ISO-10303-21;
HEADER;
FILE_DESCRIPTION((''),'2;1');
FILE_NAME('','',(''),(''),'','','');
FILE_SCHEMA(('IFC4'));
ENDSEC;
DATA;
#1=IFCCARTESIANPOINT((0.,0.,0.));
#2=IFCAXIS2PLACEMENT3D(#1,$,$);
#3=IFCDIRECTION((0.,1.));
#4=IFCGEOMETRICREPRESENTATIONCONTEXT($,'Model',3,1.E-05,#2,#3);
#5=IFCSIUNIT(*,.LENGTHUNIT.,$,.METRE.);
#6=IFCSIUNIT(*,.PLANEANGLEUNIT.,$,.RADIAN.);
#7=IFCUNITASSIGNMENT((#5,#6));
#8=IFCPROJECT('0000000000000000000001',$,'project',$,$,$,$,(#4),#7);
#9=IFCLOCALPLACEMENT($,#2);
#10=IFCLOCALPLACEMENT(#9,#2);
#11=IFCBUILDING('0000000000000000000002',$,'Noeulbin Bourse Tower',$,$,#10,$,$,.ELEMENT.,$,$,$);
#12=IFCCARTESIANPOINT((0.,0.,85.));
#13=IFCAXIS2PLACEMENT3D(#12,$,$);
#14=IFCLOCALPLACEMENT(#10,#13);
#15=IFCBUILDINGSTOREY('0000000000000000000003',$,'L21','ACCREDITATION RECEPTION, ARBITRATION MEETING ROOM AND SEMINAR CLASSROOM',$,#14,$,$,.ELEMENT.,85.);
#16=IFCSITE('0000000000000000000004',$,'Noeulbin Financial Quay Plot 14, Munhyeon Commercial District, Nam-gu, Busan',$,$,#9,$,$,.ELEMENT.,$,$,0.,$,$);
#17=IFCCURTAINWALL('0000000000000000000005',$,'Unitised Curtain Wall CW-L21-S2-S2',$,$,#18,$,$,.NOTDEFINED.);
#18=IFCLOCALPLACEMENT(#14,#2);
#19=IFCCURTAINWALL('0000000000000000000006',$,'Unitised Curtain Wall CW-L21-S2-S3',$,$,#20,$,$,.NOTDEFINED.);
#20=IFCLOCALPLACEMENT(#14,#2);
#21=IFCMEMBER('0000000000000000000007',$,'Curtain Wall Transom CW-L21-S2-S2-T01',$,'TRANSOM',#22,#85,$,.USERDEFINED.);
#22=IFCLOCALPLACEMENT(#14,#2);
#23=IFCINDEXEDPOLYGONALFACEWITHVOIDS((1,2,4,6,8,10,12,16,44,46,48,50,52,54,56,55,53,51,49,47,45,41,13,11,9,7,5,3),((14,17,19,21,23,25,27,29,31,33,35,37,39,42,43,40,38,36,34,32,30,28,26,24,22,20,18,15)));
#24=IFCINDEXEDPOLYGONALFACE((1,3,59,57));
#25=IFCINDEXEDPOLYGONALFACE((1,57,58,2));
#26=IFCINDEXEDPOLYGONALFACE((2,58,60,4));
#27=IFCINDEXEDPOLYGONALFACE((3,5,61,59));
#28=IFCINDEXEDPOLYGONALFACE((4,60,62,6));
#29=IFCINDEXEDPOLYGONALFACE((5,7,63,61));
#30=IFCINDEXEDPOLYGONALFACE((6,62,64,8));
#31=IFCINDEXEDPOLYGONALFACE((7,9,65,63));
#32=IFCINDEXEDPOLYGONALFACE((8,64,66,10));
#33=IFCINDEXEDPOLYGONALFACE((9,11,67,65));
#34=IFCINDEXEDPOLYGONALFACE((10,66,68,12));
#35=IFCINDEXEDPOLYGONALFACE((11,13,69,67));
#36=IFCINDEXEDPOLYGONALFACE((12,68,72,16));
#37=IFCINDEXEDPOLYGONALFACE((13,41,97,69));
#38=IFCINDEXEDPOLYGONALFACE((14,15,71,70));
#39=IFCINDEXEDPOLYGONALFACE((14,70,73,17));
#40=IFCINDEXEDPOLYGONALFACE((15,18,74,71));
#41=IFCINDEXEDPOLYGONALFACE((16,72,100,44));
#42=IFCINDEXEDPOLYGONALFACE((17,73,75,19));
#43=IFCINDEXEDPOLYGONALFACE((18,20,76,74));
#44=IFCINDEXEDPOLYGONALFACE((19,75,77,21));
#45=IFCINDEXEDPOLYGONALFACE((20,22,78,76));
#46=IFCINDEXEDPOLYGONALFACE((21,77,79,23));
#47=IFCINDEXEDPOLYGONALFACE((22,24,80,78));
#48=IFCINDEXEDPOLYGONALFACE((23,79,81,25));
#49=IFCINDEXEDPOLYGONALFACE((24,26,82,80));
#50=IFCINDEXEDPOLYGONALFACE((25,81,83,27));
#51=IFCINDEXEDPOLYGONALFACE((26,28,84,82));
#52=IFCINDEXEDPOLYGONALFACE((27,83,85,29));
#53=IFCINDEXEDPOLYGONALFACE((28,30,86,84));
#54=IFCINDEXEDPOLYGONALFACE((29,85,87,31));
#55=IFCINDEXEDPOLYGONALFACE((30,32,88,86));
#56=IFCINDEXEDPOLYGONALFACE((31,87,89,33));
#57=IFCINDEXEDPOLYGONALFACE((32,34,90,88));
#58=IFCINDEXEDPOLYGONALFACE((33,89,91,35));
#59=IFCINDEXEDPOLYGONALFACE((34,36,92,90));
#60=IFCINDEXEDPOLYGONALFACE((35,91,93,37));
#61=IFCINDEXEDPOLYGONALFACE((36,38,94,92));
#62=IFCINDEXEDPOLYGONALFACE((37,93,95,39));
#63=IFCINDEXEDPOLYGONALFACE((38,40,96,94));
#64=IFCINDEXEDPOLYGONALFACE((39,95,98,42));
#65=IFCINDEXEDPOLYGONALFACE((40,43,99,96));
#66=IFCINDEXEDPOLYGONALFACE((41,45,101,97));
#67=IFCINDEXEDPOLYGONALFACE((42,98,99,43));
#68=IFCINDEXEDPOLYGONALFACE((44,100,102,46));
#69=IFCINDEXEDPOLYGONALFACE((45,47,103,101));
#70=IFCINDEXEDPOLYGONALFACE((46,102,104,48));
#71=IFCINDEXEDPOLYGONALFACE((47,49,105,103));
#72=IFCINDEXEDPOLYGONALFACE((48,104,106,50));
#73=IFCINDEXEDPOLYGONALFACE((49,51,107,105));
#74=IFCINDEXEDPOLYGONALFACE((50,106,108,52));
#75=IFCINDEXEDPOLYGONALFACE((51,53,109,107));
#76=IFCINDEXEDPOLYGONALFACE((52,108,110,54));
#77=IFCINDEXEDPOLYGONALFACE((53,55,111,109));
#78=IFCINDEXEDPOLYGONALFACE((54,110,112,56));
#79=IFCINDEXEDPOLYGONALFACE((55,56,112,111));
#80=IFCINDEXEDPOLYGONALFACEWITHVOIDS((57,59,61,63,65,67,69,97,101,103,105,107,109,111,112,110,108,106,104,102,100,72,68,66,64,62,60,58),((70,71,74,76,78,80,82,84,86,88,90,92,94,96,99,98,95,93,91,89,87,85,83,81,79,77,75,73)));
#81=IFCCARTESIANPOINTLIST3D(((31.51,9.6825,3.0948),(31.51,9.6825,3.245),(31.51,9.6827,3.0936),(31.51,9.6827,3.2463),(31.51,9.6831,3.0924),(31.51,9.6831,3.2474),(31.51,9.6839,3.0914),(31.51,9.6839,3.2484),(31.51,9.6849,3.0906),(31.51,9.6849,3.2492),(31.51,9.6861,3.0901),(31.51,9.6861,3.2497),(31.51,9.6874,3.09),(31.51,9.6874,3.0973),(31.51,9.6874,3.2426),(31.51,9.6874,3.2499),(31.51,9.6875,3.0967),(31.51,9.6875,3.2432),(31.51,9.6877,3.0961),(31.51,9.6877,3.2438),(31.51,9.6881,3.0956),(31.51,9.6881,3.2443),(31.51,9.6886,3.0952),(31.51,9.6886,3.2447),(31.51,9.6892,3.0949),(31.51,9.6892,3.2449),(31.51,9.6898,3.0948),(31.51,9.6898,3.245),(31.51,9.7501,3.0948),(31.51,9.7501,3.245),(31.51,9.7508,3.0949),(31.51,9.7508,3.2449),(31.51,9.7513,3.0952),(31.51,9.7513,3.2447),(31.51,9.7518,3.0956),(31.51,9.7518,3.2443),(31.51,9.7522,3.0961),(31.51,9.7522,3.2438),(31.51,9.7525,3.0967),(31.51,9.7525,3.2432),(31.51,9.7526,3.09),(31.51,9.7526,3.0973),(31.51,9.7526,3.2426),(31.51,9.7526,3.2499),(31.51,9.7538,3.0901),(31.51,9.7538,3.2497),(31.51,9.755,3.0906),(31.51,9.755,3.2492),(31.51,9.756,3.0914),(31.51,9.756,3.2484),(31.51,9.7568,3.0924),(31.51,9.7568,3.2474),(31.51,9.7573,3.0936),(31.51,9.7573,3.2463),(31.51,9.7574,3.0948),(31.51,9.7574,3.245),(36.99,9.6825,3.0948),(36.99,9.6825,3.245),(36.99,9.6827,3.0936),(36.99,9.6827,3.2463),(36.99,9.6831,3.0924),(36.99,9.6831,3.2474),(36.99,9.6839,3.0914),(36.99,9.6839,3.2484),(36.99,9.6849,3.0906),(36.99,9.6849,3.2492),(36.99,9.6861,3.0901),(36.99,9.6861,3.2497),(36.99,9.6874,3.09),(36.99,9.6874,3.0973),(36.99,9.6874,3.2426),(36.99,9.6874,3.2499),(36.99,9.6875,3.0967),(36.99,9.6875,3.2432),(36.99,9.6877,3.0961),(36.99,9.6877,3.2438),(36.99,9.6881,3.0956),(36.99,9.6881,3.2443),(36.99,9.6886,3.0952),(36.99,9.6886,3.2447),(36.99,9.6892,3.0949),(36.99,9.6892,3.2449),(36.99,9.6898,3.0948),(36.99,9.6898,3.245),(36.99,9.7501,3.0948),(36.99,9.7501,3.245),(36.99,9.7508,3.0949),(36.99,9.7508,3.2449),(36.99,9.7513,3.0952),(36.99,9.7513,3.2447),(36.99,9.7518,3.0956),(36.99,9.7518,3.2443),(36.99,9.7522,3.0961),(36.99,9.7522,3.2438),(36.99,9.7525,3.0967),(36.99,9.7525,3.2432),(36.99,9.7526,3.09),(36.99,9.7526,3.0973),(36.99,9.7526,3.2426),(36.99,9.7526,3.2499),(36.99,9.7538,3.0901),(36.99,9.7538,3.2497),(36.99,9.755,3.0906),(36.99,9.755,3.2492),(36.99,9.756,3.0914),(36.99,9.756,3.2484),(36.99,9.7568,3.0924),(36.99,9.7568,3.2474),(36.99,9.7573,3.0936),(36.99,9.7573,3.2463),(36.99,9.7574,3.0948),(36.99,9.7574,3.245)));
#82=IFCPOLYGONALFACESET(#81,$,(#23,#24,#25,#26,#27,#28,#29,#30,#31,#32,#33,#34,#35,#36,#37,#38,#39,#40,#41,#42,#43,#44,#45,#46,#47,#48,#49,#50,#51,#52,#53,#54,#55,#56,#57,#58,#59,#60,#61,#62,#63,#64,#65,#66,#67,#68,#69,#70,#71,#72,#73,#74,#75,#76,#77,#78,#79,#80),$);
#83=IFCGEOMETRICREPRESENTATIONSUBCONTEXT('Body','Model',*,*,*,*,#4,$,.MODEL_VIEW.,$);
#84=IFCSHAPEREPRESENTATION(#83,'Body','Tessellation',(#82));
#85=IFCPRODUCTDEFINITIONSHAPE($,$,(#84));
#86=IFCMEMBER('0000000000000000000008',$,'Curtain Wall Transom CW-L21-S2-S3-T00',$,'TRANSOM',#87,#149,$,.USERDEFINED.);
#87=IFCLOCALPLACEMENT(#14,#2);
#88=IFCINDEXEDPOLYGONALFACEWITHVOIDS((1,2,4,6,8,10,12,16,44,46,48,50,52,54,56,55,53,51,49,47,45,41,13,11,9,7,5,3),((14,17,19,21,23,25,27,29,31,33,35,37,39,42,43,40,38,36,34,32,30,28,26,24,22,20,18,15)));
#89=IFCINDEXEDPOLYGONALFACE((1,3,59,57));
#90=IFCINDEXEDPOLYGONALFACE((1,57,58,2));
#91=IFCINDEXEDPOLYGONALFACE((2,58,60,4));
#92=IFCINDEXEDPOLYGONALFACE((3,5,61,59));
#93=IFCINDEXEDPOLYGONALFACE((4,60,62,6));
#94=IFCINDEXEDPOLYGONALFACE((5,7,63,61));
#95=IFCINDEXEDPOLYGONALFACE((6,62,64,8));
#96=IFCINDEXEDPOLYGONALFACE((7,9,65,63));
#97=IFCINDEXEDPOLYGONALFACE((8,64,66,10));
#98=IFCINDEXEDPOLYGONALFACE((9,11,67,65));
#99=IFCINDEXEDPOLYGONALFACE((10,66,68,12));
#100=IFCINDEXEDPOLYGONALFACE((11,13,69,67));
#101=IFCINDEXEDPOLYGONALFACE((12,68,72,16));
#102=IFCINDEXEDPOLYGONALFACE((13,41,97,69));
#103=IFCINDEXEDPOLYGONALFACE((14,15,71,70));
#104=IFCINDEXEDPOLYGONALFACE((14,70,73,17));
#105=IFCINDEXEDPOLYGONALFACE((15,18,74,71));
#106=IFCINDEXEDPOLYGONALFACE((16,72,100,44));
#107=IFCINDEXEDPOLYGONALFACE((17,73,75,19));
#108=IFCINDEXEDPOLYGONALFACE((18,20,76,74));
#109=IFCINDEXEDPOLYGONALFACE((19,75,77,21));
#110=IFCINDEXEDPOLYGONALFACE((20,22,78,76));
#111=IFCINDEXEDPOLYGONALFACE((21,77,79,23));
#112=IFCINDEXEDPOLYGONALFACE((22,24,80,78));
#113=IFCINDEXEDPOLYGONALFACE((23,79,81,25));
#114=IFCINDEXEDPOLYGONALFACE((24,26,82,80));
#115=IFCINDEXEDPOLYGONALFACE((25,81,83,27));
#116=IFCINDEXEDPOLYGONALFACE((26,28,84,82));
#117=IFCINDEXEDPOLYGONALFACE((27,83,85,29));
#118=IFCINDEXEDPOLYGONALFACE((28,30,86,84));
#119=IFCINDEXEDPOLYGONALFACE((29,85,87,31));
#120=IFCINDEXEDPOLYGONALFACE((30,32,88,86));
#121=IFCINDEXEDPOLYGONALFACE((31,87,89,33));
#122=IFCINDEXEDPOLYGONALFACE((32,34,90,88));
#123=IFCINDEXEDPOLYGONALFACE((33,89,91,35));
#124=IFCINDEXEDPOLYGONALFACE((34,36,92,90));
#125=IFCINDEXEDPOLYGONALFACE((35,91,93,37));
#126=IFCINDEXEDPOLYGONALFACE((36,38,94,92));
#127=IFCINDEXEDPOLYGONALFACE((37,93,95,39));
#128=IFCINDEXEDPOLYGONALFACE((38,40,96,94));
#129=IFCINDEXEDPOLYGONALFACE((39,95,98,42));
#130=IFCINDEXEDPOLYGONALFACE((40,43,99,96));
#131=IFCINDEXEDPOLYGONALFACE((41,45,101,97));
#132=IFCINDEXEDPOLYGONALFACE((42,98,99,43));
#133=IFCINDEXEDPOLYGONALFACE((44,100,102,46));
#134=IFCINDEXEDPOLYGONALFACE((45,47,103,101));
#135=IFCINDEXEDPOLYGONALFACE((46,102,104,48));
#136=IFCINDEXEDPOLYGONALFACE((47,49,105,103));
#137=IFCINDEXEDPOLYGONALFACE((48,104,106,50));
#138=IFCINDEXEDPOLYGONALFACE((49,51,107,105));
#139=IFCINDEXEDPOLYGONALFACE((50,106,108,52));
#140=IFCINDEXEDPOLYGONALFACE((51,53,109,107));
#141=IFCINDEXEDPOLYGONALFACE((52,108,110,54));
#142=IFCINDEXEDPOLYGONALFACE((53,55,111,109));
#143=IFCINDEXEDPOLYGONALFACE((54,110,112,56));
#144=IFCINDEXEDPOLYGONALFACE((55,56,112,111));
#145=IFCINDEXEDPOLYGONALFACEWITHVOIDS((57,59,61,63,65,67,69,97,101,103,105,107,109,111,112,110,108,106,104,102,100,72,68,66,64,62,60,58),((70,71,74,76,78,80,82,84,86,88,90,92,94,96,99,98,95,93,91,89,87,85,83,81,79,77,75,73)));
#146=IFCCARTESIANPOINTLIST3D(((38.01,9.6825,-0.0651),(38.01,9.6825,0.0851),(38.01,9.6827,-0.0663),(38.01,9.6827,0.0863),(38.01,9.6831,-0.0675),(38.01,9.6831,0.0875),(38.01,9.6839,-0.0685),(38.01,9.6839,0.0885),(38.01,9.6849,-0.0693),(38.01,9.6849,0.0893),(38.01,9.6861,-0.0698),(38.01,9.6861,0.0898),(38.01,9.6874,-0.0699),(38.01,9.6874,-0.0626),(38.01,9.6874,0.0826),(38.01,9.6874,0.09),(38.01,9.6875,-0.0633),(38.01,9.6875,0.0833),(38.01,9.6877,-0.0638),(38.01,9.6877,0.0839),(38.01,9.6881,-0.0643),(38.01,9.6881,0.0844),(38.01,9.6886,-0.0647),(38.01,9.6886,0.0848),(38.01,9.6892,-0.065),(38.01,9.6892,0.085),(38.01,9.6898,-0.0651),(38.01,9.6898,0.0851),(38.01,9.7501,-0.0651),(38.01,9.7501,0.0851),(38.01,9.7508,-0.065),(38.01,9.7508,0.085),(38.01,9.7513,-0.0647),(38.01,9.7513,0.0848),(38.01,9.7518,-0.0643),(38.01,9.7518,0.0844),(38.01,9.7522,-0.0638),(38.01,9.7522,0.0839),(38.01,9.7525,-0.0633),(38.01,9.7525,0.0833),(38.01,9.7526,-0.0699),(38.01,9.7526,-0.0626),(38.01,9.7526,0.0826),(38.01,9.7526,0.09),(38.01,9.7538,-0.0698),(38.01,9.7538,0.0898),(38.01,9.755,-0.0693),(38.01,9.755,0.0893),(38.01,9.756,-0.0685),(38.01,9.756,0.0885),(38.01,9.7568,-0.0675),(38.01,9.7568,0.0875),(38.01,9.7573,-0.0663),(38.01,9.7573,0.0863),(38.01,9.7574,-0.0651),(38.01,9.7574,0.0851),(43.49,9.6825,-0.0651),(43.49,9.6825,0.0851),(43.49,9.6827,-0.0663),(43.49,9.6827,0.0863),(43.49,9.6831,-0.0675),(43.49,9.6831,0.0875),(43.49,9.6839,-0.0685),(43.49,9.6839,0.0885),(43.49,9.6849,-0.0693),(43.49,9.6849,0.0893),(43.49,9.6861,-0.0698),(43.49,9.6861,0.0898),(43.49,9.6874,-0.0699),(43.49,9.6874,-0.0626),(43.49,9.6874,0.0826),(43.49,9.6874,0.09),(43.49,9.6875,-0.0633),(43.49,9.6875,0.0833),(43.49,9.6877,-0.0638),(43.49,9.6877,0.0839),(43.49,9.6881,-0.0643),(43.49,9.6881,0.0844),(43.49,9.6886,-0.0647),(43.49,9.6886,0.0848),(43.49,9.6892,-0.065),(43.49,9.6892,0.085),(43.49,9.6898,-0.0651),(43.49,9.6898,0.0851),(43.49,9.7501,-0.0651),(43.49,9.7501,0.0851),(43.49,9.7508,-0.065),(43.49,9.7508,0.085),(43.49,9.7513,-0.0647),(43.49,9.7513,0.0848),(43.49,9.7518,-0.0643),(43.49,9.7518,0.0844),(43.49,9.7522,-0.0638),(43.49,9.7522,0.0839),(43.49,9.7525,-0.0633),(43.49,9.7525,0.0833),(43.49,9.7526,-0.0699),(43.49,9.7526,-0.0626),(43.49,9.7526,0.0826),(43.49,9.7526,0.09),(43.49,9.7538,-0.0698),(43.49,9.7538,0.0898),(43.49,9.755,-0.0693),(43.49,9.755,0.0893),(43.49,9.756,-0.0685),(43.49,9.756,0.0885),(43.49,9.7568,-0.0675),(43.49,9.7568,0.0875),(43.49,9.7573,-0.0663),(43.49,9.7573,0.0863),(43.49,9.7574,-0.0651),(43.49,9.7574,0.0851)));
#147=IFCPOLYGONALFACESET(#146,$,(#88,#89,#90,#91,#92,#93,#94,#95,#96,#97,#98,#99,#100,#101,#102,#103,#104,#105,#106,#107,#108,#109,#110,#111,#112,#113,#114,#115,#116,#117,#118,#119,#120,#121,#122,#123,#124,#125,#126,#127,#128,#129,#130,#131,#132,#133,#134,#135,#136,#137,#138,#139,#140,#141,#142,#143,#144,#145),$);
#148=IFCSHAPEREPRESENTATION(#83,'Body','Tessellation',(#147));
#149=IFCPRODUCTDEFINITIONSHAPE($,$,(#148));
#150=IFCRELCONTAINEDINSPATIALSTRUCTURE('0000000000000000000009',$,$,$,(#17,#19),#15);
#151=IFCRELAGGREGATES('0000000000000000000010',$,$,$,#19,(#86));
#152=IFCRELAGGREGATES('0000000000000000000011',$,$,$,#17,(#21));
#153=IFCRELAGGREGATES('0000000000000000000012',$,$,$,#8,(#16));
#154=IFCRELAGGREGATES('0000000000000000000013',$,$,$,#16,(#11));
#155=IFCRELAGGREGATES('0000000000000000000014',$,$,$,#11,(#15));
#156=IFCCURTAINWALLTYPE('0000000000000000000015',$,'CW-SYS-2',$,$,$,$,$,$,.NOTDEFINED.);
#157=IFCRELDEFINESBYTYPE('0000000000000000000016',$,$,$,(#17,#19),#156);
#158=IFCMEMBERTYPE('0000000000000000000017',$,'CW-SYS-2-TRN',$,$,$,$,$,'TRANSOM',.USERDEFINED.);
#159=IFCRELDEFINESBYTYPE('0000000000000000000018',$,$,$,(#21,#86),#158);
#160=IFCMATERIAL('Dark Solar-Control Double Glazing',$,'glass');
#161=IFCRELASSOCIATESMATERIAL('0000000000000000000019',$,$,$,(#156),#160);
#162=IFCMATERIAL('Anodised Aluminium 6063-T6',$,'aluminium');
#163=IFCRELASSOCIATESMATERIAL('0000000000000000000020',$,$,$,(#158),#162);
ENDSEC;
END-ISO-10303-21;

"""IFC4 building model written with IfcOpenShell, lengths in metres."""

from ifc_helpers import new_model, si_unit, direction, frame, origin, origin_2d, place, context, subcontext, project, spatial, hollow_rectangle, extrude, material, material_profile, profile_set, type_object, element, aggregate, save


model = new_model("IFC4")

# Units and contexts
model_context = context("Model", 3, precision=1e-05, world=origin(), true_north=direction((0.0, 1.0)))
body_context = subcontext(model_context, "Body", "Model", "MODEL_VIEW")
ifc_project = project(units=[si_unit("LENGTHUNIT", "METRE"), si_unit("PLANEANGLEUNIT", "RADIAN")], contexts=[model_context])

# Site, building, storey
site_placement = place(None, origin())
site = spatial("IfcSite", under=ifc_project, at=site_placement, Name="Noeulbin Financial Quay Plot 14, Munhyeon Commercial District, Nam-gu, Busan", CompositionType="ELEMENT", RefElevation=0.0)
building_placement = place(site_placement, origin())
building = spatial("IfcBuilding", under=site, at=building_placement, Name="Noeulbin Bourse Tower", CompositionType="ELEMENT")
storey_placement = place(building_placement, frame((0.0, 0.0, 85.0)))
storey = spatial("IfcBuildingStorey", under=building, at=storey_placement, Name="L21", Description="ACCREDITATION RECEPTION, ARBITRATION MEETING ROOM AND SEMINAR CLASSROOM", CompositionType="ELEMENT", Elevation=85.0)

# Curtain wall
ifc_material_1 = material(Name="Dark Solar-Control Double Glazing", Category="glass")
curtain_wall_type = type_object("IfcCurtainWallType", Name="CW-SYS-2", PredefinedType="NOTDEFINED", material=ifc_material_1)
ifc_material_2 = material(Name="Anodised Aluminium 6063-T6", Category="aluminium")
curtain_wall_1_placement = place(storey_placement, origin())
curtain_wall_1 = element("IfcCurtainWall", 1, at=curtain_wall_1_placement, inside=storey, type_object=curtain_wall_type, Name="Unitised Curtain Wall CW-L21-S2-S2", PredefinedType="NOTDEFINED")

# Curtain wall
curtain_wall_2_placement = place(storey_placement, origin())
curtain_wall_2 = element("IfcCurtainWall", 2, at=curtain_wall_2_placement, inside=storey, type_object=curtain_wall_type, Name="Unitised Curtain Wall CW-L21-S2-S3", PredefinedType="NOTDEFINED")

# Members
ifc_material_profile_1 = material_profile(ifc_material_2, hollow_rectangle(XDim=0.075, YDim=0.1599, WallThickness=0.0049, InnerFilletRadius=0.0024, OuterFilletRadius=0.0049, at=origin_2d()), Name="ALU-TRAN-75x160x5", Category="LoadBearing")
ifc_profile_set_1 = profile_set([ifc_material_profile_1], Name="Anodised Aluminium 6063-T6")
member_type_1 = type_object("IfcMemberType", Name="CW-SYS-2-TRN", ElementType="TRANSOM", PredefinedType="USERDEFINED", material=ifc_profile_set_1)
member_1_placement = place(storey_placement, frame((31.51, 9.72, 3.1699), z_axis=(1.0, 0.0, 0.0), x_axis=(0.0, 1.0, 0.0)))
member_1 = element("IfcMember", 3, at=member_1_placement, type_object=member_type_1, Name="Curtain Wall Transom CW-L21-S2-S2-T01", ObjectType="TRANSOM", PredefinedType="USERDEFINED", context=body_context, shape_type="SweptSolid", body=[
    extrude(hollow_rectangle(XDim=0.075, YDim=0.1599, WallThickness=0.0049, InnerFilletRadius=0.0024, OuterFilletRadius=0.0049, at=origin_2d()), origin(), (0.0, 0.0, 1.0), 5.48),
])
member_2_placement = place(storey_placement, frame((38.01, 9.72, 0.01), z_axis=(1.0, 0.0, 0.0), x_axis=(0.0, 1.0, 0.0)))
member_2 = element("IfcMember", 4, at=member_2_placement, type_object=member_type_1, Name="Curtain Wall Transom CW-L21-S2-S3-T00", ObjectType="TRANSOM", PredefinedType="USERDEFINED", context=body_context, shape_type="SweptSolid", body=[
    extrude(hollow_rectangle(XDim=0.075, YDim=0.1599, WallThickness=0.0049, InnerFilletRadius=0.0024, OuterFilletRadius=0.0049, at=origin_2d()), origin(), (0.0, 0.0, 1.0), 5.48),
])
aggregate(curtain_wall_2, [member_2])

aggregate(curtain_wall_1, [member_1])

save(model, "model.ifc")
